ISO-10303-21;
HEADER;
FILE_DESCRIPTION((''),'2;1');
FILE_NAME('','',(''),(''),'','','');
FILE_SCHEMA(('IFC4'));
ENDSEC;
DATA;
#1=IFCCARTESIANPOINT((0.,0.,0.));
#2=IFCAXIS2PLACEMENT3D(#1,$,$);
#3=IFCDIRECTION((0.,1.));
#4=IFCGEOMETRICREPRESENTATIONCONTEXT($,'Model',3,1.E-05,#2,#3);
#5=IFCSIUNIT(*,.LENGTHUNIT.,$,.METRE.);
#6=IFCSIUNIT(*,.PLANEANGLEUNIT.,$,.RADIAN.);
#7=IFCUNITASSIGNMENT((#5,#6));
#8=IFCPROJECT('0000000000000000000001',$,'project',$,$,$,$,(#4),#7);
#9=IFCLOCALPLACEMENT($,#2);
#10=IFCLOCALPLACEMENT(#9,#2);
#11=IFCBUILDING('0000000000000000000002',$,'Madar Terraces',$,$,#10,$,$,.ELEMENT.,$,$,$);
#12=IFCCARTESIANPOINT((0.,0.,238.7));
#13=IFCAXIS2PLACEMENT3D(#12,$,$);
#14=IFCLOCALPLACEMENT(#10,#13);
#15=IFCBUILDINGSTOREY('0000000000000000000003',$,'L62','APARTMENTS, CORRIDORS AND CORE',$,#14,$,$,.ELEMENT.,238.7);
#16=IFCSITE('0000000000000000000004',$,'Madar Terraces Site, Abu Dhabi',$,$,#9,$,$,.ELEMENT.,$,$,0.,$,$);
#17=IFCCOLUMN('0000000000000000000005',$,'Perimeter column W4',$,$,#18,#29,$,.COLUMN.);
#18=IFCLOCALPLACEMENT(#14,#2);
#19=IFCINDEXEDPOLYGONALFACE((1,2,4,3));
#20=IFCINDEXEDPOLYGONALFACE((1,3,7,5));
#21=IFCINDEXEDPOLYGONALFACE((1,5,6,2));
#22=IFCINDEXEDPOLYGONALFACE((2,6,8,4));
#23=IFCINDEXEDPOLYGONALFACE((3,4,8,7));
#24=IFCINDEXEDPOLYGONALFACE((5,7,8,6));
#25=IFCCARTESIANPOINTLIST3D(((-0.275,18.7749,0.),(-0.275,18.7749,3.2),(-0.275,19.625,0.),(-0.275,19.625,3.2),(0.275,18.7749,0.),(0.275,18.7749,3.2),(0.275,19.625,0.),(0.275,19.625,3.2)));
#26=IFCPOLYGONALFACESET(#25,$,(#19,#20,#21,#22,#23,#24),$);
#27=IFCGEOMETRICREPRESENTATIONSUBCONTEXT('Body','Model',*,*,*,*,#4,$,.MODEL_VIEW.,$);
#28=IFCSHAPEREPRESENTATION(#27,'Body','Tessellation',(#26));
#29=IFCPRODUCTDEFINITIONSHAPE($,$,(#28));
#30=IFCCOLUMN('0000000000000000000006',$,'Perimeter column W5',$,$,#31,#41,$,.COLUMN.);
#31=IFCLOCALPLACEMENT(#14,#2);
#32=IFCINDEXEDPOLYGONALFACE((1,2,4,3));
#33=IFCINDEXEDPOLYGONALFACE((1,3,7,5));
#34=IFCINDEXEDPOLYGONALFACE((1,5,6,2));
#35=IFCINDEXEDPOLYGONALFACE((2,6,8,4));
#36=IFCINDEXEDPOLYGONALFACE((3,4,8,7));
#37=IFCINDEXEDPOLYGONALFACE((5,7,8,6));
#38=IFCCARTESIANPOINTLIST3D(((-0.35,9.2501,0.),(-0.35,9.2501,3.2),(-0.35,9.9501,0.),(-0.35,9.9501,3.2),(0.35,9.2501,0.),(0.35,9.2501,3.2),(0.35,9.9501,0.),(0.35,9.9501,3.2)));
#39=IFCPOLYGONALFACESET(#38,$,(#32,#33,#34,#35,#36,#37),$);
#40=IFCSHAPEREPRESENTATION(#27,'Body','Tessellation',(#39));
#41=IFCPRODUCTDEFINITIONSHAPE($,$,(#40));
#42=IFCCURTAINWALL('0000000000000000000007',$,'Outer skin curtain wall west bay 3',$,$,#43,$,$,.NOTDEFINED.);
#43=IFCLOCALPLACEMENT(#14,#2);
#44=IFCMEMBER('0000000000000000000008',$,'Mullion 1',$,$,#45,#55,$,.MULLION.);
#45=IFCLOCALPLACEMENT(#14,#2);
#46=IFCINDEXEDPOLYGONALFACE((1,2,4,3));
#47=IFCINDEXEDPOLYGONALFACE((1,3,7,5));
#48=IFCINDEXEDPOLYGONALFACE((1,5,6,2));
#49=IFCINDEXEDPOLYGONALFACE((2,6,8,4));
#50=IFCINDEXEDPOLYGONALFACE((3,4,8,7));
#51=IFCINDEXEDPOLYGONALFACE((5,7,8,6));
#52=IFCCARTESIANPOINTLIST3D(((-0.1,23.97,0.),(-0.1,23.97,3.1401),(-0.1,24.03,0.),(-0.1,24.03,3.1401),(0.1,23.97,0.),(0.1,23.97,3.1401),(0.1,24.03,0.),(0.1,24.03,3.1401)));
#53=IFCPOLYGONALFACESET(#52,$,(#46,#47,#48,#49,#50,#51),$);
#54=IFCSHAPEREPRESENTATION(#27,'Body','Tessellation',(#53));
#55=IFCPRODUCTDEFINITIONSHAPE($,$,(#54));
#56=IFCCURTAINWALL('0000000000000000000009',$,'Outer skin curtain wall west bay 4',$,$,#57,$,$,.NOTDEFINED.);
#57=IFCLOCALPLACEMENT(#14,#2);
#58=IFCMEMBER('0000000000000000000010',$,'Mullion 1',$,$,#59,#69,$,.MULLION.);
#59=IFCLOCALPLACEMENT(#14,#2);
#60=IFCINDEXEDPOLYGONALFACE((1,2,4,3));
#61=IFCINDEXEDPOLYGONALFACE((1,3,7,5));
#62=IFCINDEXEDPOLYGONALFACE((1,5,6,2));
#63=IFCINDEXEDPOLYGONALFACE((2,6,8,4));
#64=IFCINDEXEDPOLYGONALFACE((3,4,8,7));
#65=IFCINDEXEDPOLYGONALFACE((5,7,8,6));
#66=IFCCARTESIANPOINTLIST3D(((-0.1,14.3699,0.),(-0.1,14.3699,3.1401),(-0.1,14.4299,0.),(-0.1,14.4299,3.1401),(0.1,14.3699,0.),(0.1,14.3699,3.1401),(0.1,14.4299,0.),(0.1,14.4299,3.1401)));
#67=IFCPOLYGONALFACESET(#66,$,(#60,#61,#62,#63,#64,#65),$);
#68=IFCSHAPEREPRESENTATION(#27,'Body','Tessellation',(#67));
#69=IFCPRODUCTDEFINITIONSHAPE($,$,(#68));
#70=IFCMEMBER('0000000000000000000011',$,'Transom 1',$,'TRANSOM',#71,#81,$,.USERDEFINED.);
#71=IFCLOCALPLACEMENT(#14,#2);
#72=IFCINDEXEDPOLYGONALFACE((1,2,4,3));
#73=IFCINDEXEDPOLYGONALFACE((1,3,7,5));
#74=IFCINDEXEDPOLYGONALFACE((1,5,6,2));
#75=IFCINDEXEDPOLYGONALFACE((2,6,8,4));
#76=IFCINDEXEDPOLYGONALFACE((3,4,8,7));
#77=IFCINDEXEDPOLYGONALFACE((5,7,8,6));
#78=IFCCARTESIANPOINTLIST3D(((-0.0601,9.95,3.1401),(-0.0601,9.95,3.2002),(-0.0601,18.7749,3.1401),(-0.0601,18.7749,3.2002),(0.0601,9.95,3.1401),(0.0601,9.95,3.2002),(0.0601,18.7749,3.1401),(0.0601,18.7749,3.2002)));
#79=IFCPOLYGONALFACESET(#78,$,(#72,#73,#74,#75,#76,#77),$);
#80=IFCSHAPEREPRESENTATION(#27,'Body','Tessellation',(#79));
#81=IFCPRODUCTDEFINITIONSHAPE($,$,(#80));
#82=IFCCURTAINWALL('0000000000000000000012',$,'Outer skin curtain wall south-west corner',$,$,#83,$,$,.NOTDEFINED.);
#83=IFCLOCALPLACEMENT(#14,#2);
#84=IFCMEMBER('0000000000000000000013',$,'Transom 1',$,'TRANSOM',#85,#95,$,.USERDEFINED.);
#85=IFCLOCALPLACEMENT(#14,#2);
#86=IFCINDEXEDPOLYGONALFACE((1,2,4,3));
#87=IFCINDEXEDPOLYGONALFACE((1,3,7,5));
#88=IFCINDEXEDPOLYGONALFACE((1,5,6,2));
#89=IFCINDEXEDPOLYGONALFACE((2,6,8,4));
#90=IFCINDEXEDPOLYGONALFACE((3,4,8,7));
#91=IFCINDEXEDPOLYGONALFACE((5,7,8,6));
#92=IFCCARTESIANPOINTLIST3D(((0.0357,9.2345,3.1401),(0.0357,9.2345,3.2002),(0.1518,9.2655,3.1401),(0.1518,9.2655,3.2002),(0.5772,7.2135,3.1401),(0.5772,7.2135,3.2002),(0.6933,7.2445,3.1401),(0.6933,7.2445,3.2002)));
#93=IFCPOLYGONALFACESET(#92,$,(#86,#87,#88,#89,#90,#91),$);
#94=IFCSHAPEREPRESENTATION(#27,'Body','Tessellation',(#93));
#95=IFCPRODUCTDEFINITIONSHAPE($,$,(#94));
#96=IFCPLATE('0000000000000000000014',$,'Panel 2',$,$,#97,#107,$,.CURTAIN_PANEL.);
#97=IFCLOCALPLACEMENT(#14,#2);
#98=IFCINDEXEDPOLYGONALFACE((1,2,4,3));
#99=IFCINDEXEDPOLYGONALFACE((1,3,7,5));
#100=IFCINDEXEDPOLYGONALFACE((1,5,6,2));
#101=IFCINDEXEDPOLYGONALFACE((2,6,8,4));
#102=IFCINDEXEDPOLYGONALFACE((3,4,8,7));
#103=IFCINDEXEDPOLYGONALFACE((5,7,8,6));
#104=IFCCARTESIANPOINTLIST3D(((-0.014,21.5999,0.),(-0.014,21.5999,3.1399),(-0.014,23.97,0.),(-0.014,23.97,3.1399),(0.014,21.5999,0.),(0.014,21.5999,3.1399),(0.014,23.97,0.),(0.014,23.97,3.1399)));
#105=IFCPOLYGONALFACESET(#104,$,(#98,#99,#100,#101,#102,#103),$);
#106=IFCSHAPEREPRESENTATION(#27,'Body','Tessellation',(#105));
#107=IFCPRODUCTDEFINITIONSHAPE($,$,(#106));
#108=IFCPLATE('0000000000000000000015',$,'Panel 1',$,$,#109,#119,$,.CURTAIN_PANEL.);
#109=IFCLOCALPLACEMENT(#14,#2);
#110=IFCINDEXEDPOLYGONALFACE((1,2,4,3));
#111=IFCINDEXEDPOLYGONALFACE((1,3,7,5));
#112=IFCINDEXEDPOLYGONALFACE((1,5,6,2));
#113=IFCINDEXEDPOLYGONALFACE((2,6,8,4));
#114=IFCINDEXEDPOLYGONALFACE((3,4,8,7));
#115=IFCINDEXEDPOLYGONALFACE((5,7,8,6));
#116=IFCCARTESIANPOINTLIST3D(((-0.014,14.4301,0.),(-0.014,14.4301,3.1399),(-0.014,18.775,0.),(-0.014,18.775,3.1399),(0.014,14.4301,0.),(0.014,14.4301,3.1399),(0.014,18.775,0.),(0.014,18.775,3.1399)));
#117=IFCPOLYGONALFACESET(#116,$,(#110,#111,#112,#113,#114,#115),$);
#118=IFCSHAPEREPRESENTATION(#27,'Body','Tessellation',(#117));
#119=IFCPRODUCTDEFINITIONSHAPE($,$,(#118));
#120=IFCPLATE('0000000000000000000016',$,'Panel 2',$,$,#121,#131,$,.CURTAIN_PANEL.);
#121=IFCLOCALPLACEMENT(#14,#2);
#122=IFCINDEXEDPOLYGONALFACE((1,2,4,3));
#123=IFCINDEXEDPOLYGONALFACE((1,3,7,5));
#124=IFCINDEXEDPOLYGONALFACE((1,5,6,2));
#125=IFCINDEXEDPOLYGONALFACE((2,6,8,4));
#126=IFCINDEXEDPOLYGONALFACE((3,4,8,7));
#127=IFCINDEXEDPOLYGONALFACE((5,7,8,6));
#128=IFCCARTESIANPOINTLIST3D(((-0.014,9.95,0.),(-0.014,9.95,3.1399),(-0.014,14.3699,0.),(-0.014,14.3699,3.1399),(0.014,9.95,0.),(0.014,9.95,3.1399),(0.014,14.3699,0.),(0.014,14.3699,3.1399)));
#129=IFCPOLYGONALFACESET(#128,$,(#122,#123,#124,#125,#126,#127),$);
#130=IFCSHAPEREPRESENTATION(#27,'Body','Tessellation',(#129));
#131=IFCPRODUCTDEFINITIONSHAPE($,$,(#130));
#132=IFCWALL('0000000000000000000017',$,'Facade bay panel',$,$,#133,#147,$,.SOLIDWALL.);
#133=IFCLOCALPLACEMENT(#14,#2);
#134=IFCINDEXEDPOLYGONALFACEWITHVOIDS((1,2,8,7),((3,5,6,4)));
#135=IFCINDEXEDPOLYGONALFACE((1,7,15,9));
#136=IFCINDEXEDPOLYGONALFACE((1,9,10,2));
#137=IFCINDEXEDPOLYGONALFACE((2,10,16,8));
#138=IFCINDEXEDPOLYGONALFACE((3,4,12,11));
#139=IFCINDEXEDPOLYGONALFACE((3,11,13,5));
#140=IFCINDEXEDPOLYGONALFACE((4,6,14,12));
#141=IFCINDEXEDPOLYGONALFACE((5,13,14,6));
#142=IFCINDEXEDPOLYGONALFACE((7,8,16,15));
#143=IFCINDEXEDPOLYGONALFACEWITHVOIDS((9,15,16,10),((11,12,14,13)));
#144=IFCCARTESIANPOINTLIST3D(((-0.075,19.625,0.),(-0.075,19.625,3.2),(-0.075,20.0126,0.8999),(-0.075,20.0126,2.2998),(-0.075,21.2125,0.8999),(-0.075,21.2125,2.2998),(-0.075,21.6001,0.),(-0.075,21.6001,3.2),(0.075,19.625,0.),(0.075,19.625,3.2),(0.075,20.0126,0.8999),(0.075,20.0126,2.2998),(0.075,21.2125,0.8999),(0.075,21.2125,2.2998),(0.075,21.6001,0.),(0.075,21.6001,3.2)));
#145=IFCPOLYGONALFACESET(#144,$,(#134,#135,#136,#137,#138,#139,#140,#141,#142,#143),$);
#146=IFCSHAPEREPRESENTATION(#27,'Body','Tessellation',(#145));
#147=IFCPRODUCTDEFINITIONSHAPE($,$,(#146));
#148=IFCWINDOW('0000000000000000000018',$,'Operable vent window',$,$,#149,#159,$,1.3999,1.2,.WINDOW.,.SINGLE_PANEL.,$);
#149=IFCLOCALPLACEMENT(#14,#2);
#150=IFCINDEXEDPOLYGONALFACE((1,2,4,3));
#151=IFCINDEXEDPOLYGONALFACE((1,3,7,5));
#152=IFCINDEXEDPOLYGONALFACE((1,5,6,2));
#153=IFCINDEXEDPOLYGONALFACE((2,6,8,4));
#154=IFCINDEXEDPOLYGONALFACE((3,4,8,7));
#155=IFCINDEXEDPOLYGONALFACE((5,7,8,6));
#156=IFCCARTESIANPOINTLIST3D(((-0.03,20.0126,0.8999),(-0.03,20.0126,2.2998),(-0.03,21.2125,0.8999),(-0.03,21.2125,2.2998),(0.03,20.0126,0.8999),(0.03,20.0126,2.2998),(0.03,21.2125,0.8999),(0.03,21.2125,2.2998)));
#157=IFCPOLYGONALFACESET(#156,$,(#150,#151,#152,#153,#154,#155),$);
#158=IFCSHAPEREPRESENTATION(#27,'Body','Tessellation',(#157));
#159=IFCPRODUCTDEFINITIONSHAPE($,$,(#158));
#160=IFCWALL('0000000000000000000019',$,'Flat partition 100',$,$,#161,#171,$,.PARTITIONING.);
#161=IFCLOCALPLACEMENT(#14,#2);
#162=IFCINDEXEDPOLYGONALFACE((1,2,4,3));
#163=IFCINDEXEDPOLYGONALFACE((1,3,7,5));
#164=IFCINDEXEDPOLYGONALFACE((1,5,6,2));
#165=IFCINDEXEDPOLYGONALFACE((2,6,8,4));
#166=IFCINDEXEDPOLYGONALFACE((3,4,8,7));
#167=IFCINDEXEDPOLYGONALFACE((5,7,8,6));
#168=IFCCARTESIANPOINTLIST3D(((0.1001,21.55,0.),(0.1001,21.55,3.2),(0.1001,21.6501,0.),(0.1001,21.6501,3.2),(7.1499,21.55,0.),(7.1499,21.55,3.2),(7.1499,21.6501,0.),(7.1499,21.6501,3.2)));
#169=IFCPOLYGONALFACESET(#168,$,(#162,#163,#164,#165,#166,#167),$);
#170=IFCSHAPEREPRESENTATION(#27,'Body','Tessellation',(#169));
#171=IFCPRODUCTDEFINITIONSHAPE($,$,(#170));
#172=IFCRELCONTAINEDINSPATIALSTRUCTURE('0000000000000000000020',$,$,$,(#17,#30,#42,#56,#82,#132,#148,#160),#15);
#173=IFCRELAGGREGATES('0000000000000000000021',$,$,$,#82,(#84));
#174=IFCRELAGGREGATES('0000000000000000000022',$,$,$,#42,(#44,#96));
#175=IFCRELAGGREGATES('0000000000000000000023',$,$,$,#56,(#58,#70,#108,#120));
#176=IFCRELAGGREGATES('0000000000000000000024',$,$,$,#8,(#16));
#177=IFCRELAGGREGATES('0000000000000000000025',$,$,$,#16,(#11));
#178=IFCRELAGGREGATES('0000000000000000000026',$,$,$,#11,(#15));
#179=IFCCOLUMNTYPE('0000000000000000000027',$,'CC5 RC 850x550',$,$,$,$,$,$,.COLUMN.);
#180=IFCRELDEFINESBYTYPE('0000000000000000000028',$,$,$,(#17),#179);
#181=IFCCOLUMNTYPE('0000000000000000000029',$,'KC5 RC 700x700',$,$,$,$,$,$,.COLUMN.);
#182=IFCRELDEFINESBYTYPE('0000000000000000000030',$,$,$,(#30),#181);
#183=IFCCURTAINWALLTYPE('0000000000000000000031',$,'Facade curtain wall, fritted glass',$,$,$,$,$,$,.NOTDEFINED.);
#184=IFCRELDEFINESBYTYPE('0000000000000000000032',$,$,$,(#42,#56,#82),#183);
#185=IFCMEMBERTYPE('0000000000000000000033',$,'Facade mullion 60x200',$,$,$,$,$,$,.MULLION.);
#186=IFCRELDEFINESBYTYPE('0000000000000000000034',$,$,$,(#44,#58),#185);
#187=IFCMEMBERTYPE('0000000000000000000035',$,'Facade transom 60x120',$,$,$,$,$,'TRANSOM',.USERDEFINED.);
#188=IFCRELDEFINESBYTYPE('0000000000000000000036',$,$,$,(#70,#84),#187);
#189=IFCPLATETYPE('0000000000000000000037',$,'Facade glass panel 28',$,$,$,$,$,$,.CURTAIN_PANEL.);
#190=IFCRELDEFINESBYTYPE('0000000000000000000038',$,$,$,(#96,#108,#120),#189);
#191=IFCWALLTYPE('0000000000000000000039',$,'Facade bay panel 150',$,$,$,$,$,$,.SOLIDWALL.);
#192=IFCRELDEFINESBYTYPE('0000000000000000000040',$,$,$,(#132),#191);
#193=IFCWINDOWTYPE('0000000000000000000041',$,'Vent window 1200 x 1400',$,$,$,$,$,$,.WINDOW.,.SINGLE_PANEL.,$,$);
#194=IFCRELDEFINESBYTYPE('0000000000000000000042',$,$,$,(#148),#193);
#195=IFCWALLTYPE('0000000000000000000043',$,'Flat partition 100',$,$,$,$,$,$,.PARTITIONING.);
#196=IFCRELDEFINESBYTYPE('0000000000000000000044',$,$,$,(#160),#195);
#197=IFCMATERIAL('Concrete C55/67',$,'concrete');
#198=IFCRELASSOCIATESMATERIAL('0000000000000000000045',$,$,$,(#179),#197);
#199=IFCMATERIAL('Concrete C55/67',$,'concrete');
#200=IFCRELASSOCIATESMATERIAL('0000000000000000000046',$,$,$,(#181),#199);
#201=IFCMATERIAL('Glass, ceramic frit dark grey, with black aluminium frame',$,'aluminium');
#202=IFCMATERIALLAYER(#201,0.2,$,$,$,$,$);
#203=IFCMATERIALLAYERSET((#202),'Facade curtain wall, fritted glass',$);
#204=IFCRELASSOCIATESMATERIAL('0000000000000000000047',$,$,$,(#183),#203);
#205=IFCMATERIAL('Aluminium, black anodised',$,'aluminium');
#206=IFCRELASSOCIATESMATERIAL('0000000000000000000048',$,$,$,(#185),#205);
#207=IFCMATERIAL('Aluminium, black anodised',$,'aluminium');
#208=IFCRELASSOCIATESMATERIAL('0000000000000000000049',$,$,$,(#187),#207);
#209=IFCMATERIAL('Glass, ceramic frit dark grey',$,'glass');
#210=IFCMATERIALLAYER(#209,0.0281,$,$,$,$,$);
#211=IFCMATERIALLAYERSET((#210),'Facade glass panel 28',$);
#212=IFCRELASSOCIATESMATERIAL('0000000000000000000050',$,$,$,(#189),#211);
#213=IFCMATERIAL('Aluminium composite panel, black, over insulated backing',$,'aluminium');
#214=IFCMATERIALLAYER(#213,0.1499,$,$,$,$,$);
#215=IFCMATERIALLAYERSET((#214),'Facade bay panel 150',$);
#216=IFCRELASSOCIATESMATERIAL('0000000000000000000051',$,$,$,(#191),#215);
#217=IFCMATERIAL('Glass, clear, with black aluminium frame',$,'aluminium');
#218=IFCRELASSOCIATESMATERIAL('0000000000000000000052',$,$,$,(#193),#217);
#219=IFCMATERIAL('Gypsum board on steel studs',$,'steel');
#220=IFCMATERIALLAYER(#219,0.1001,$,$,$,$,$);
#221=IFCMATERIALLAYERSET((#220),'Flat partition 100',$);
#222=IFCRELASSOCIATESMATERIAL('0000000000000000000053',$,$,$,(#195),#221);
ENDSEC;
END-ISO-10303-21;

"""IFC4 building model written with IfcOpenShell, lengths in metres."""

from ifc_helpers import new_model, si_unit, direction, frame, frame_2d, origin, origin_2d, place, context, subcontext, project, spatial, rectangle, extrude, material, layer, layer_set, material_profile, profile_set, type_object, element, fill, aggregate, save


model = new_model("IFC4")

# Units and contexts
model_context = context("Model", 3, precision=1e-05, world=origin(), true_north=direction((0.0, 1.0)))
body_context = subcontext(model_context, "Body", "Model", "MODEL_VIEW")
ifc_project = project(units=[si_unit("LENGTHUNIT", "METRE"), si_unit("PLANEANGLEUNIT", "RADIAN")], contexts=[model_context])

# Site, building, storey
site_placement = place(None, origin())
site = spatial("IfcSite", under=ifc_project, at=site_placement, Name="Madar Terraces Site, Abu Dhabi", CompositionType="ELEMENT", RefElevation=0.0)
building_placement = place(site_placement, origin())
building = spatial("IfcBuilding", under=site, at=building_placement, Name="Madar Terraces", CompositionType="ELEMENT")
storey_placement = place(building_placement, frame((0.0, 0.0, 238.7)))
storey = spatial("IfcBuildingStorey", under=building, at=storey_placement, Name="L62", Description="APARTMENTS, CORRIDORS AND CORE", CompositionType="ELEMENT", Elevation=238.7)

# Columns
ifc_material_1 = material(Name="Concrete C55/67", Category="concrete")
ifc_material_profile_1 = material_profile(ifc_material_1, rectangle(XDim=0.8501, YDim=0.55, at=origin_2d()), Name="CC5 RC 850x550")
ifc_profile_set_1 = profile_set([ifc_material_profile_1], Name="Concrete C55/67")
column_type_1 = type_object("IfcColumnType", Name="CC5 RC 850x550", PredefinedType="COLUMN", material=ifc_profile_set_1)
column_1_placement = place(storey_placement, frame((0.0, 19.2, 0.0), z_axis=(0.0, 0.0, 1.0), x_axis=(0.0, 1.0, 0.0)))
element("IfcColumn", 1, at=column_1_placement, inside=storey, type_object=column_type_1, Name="Perimeter column W4", PredefinedType="COLUMN", context=body_context, shape_type="SweptSolid", body=[
    extrude(rectangle(XDim=0.8501, YDim=0.55, at=origin_2d()), origin(), (0.0, 0.0, 1.0), 3.2),
])
ifc_material_2 = material(Name="Concrete C55/67", Category="concrete")
ifc_material_profile_2 = material_profile(ifc_material_2, rectangle(XDim=0.7, YDim=0.7, at=origin_2d()), Name="KC5 RC 700x700")
ifc_profile_set_2 = profile_set([ifc_material_profile_2], Name="Concrete C55/67")
column_type_2 = type_object("IfcColumnType", Name="KC5 RC 700x700", PredefinedType="COLUMN", material=ifc_profile_set_2)
column_2_placement = place(storey_placement, frame((0.0, 9.6001, 0.0), z_axis=(0.0, 0.0, 1.0), x_axis=(1.0, 0.0, 0.0)))
element("IfcColumn", 2, at=column_2_placement, inside=storey, type_object=column_type_2, Name="Perimeter column W5", PredefinedType="COLUMN", context=body_context, shape_type="SweptSolid", body=[
    extrude(rectangle(XDim=0.7, YDim=0.7, at=origin_2d()), origin(), (0.0, 0.0, 1.0), 3.2),
])

# Curtain wall, member
ifc_material_3 = material(Name="Glass, ceramic frit dark grey, with black aluminium frame", Category="aluminium")
ifc_layer_1 = layer(ifc_material_3, 0.2)
ifc_layer_set_1 = layer_set([ifc_layer_1], Name="Facade curtain wall, fritted glass")
curtain_wall_type = type_object("IfcCurtainWallType", Name="Facade curtain wall, fritted glass", PredefinedType="NOTDEFINED", material=ifc_layer_set_1)
curtain_wall_1_placement = place(storey_placement, origin())
curtain_wall_1 = element("IfcCurtainWall", 3, at=curtain_wall_1_placement, inside=storey, type_object=curtain_wall_type, Name="Outer skin curtain wall west bay 3", PredefinedType="NOTDEFINED")
ifc_material_4 = material(Name="Aluminium, black anodised", Category="aluminium")
ifc_material_profile_3 = material_profile(ifc_material_4, rectangle(XDim=0.2, YDim=0.0601, at=origin_2d()), Name="Facade mullion 60x200")
ifc_profile_set_3 = profile_set([ifc_material_profile_3], Name="Aluminium, black anodised")
member_type_1 = type_object("IfcMemberType", Name="Facade mullion 60x200", PredefinedType="MULLION", material=ifc_profile_set_3)
member_1_placement = place(storey_placement, frame((0.0, 24.0, 0.0), z_axis=(0.0, 0.0, 1.0), x_axis=(1.0, 0.0, 0.0)))
member_1 = element("IfcMember", 4, at=member_1_placement, type_object=member_type_1, Name="Mullion 1", PredefinedType="MULLION", context=body_context, shape_type="SweptSolid", body=[
    extrude(rectangle(XDim=0.2, YDim=0.0601, at=origin_2d()), origin(), (0.0, 0.0, 1.0), 3.1401),
])

# Curtain wall, members
curtain_wall_2_placement = place(storey_placement, origin())
curtain_wall_2 = element("IfcCurtainWall", 5, at=curtain_wall_2_placement, inside=storey, type_object=curtain_wall_type, Name="Outer skin curtain wall west bay 4", PredefinedType="NOTDEFINED")
member_2_placement = place(storey_placement, frame((0.0, 14.3999, 0.0), z_axis=(0.0, 0.0, 1.0), x_axis=(1.0, 0.0, 0.0)))
member_2 = element("IfcMember", 6, at=member_2_placement, type_object=member_type_1, Name="Mullion 1", PredefinedType="MULLION", context=body_context, shape_type="SweptSolid", body=[
    extrude(rectangle(XDim=0.2, YDim=0.0601, at=origin_2d()), origin(), (0.0, 0.0, 1.0), 3.1401),
])
ifc_material_5 = material(Name="Aluminium, black anodised", Category="aluminium")
ifc_material_profile_4 = material_profile(ifc_material_5, rectangle(XDim=0.1201, YDim=0.0601, at=origin_2d()), Name="Facade transom 60x120")
ifc_profile_set_4 = profile_set([ifc_material_profile_4], Name="Aluminium, black anodised")
member_type_2 = type_object("IfcMemberType", Name="Facade transom 60x120", ElementType="TRANSOM", PredefinedType="USERDEFINED", material=ifc_profile_set_4)
member_3_placement = place(storey_placement, frame((0.0, 18.7749, 3.1702), z_axis=(0.0, -1.0, 0.0), x_axis=(1.0, 0.0, 0.0)))
member_3 = element("IfcMember", 7, at=member_3_placement, type_object=member_type_2, Name="Transom 1", ObjectType="TRANSOM", PredefinedType="USERDEFINED", context=body_context, shape_type="SweptSolid", body=[
    extrude(rectangle(XDim=0.1201, YDim=0.0601, at=origin_2d()), origin(), (0.0, 0.0, 1.0), 8.825),
])

# Curtain wall, member
curtain_wall_3_placement = place(storey_placement, origin())
curtain_wall_3 = element("IfcCurtainWall", 8, at=curtain_wall_3_placement, inside=storey, type_object=curtain_wall_type, Name="Outer skin curtain wall south-west corner", PredefinedType="NOTDEFINED")
member_4_placement = place(storey_placement, frame((0.0938, 9.25, 3.1702), z_axis=(0.25881, -0.965928, 0.0), x_axis=(0.965928, 0.25881, 0.0)))
member_4 = element("IfcMember", 9, at=member_4_placement, type_object=member_type_2, Name="Transom 1", ObjectType="TRANSOM", PredefinedType="USERDEFINED", context=body_context, shape_type="SweptSolid", body=[
    extrude(rectangle(XDim=0.1201, YDim=0.0601, at=origin_2d()), origin(), (0.0, 0.0, 1.0), 2.0923),
])
aggregate(curtain_wall_3, [member_4])

# Plates
ifc_material_6 = material(Name="Glass, ceramic frit dark grey", Category="glass")
ifc_layer_2 = layer(ifc_material_6, 0.0281)
ifc_layer_set_2 = layer_set([ifc_layer_2], Name="Facade glass panel 28")
plate_type = type_object("IfcPlateType", Name="Facade glass panel 28", PredefinedType="CURTAIN_PANEL", material=ifc_layer_set_2)
plate_1_placement = place(storey_placement, frame((0.0, 22.7849, 0.0), z_axis=(0.0, 0.0, 1.0), x_axis=(0.0, -1.0, 0.0)))
plate_1 = element("IfcPlate", 10, at=plate_1_placement, type_object=plate_type, Name="Panel 2", PredefinedType="CURTAIN_PANEL", context=body_context, shape_type="SweptSolid", body=[
    extrude(rectangle(XDim=2.3701, YDim=0.0281, at=origin_2d()), origin(), (0.0, 0.0, 1.0), 3.1399),
])
aggregate(curtain_wall_1, [member_1, plate_1])
plate_2_placement = place(storey_placement, frame((0.0, 16.6025, 0.0), z_axis=(0.0, 0.0, 1.0), x_axis=(0.0, -1.0, 0.0)))
plate_2 = element("IfcPlate", 11, at=plate_2_placement, type_object=plate_type, Name="Panel 1", PredefinedType="CURTAIN_PANEL", context=body_context, shape_type="SweptSolid", body=[
    extrude(rectangle(XDim=4.345, YDim=0.0281, at=origin_2d()), origin(), (0.0, 0.0, 1.0), 3.1399),
])
plate_3_placement = place(storey_placement, frame((0.0, 12.1599, 0.0), z_axis=(0.0, 0.0, 1.0), x_axis=(0.0, -1.0, 0.0)))
plate_3 = element("IfcPlate", 12, at=plate_3_placement, type_object=plate_type, Name="Panel 2", PredefinedType="CURTAIN_PANEL", context=body_context, shape_type="SweptSolid", body=[
    extrude(rectangle(XDim=4.4199, YDim=0.0281, at=origin_2d()), origin(), (0.0, 0.0, 1.0), 3.1399),
])
aggregate(curtain_wall_2, [member_2, member_3, plate_2, plate_3])

# Wall, opening, window
ifc_material_7 = material(Name="Aluminium composite panel, black, over insulated backing", Category="aluminium")
ifc_layer_3 = layer(ifc_material_7, 0.1499)
ifc_layer_set_3 = layer_set([ifc_layer_3], Name="Facade bay panel 150")
wall_type_1 = type_object("IfcWallType", Name="Facade bay panel 150", PredefinedType="SOLIDWALL", material=ifc_layer_set_3)
wall_1_placement = place(storey_placement, frame((0.0, 21.6001, 0.0), z_axis=(0.0, 0.0, 1.0), x_axis=(0.0, -1.0, 0.0)))
wall_1 = element("IfcWall", 13, at=wall_1_placement, inside=storey, type_object=wall_type_1, Name="Facade bay panel", PredefinedType="SOLIDWALL", context=body_context, shape_type="SweptSolid", body=[
    extrude(rectangle(XDim=1.9751, YDim=0.1499, at=frame_2d((0.9875, 0.0))), origin(), (0.0, 0.0, 1.0), 3.2),
])
opening_1_placement = place(wall_1_placement, frame((0.3875, 0.0, 0.8999)))
opening_1 = element("IfcOpeningElement", 14, at=opening_1_placement, cuts=wall_1, PredefinedType="OPENING", context=body_context, shape_type="SweptSolid", body=[
    extrude(rectangle(XDim=1.2, YDim=1.3999, at=frame_2d((0.6001, 0.7))), frame((0.0, 0.085, 0.0), z_axis=(0.0, -1.0, 0.0), x_axis=(1.0, 0.0, 0.0)), (0.0, 0.0, 1.0), 0.1699),
])
ifc_material_8 = material(Name="Glass, clear, with black aluminium frame", Category="aluminium")
window_type = type_object("IfcWindowType", Name="Vent window 1200 x 1400", PartitioningType="SINGLE_PANEL", PredefinedType="WINDOW", material=ifc_material_8)
window_placement = place(opening_1_placement, origin())
window = element("IfcWindow", 15, at=window_placement, inside=storey, type_object=window_type, Name="Operable vent window", OverallHeight=1.3999, OverallWidth=1.2, PartitioningType="SINGLE_PANEL", PredefinedType="WINDOW", context=body_context, shape_type="SweptSolid", body=[
    extrude(rectangle(XDim=1.2, YDim=1.3999, at=frame_2d((0.6001, 0.7))), frame((0.0, 0.03, 0.0), z_axis=(0.0, -1.0, 0.0), x_axis=(1.0, 0.0, 0.0)), (0.0, 0.0, 1.0), 0.0601),
])
fill(opening_1, window)

# Wall
ifc_material_9 = material(Name="Gypsum board on steel studs", Category="steel")
ifc_layer_4 = layer(ifc_material_9, 0.1001)
ifc_layer_set_4 = layer_set([ifc_layer_4], Name="Flat partition 100")
wall_type_2 = type_object("IfcWallType", Name="Flat partition 100", PredefinedType="PARTITIONING", material=ifc_layer_set_4)
wall_2_placement = place(storey_placement, frame((7.1499, 21.6001, 0.0), z_axis=(0.0, 0.0, 1.0), x_axis=(-1.0, 0.0, 0.0)))
element("IfcWall", 16, at=wall_2_placement, inside=storey, type_object=wall_type_2, Name="Flat partition 100", PredefinedType="PARTITIONING", context=body_context, shape_type="SweptSolid", body=[
    extrude(rectangle(XDim=7.0498, YDim=0.1001, at=frame_2d((3.5249, 0.0))), origin(), (0.0, 0.0, 1.0), 3.2),
])

save(model, "model.ifc")
